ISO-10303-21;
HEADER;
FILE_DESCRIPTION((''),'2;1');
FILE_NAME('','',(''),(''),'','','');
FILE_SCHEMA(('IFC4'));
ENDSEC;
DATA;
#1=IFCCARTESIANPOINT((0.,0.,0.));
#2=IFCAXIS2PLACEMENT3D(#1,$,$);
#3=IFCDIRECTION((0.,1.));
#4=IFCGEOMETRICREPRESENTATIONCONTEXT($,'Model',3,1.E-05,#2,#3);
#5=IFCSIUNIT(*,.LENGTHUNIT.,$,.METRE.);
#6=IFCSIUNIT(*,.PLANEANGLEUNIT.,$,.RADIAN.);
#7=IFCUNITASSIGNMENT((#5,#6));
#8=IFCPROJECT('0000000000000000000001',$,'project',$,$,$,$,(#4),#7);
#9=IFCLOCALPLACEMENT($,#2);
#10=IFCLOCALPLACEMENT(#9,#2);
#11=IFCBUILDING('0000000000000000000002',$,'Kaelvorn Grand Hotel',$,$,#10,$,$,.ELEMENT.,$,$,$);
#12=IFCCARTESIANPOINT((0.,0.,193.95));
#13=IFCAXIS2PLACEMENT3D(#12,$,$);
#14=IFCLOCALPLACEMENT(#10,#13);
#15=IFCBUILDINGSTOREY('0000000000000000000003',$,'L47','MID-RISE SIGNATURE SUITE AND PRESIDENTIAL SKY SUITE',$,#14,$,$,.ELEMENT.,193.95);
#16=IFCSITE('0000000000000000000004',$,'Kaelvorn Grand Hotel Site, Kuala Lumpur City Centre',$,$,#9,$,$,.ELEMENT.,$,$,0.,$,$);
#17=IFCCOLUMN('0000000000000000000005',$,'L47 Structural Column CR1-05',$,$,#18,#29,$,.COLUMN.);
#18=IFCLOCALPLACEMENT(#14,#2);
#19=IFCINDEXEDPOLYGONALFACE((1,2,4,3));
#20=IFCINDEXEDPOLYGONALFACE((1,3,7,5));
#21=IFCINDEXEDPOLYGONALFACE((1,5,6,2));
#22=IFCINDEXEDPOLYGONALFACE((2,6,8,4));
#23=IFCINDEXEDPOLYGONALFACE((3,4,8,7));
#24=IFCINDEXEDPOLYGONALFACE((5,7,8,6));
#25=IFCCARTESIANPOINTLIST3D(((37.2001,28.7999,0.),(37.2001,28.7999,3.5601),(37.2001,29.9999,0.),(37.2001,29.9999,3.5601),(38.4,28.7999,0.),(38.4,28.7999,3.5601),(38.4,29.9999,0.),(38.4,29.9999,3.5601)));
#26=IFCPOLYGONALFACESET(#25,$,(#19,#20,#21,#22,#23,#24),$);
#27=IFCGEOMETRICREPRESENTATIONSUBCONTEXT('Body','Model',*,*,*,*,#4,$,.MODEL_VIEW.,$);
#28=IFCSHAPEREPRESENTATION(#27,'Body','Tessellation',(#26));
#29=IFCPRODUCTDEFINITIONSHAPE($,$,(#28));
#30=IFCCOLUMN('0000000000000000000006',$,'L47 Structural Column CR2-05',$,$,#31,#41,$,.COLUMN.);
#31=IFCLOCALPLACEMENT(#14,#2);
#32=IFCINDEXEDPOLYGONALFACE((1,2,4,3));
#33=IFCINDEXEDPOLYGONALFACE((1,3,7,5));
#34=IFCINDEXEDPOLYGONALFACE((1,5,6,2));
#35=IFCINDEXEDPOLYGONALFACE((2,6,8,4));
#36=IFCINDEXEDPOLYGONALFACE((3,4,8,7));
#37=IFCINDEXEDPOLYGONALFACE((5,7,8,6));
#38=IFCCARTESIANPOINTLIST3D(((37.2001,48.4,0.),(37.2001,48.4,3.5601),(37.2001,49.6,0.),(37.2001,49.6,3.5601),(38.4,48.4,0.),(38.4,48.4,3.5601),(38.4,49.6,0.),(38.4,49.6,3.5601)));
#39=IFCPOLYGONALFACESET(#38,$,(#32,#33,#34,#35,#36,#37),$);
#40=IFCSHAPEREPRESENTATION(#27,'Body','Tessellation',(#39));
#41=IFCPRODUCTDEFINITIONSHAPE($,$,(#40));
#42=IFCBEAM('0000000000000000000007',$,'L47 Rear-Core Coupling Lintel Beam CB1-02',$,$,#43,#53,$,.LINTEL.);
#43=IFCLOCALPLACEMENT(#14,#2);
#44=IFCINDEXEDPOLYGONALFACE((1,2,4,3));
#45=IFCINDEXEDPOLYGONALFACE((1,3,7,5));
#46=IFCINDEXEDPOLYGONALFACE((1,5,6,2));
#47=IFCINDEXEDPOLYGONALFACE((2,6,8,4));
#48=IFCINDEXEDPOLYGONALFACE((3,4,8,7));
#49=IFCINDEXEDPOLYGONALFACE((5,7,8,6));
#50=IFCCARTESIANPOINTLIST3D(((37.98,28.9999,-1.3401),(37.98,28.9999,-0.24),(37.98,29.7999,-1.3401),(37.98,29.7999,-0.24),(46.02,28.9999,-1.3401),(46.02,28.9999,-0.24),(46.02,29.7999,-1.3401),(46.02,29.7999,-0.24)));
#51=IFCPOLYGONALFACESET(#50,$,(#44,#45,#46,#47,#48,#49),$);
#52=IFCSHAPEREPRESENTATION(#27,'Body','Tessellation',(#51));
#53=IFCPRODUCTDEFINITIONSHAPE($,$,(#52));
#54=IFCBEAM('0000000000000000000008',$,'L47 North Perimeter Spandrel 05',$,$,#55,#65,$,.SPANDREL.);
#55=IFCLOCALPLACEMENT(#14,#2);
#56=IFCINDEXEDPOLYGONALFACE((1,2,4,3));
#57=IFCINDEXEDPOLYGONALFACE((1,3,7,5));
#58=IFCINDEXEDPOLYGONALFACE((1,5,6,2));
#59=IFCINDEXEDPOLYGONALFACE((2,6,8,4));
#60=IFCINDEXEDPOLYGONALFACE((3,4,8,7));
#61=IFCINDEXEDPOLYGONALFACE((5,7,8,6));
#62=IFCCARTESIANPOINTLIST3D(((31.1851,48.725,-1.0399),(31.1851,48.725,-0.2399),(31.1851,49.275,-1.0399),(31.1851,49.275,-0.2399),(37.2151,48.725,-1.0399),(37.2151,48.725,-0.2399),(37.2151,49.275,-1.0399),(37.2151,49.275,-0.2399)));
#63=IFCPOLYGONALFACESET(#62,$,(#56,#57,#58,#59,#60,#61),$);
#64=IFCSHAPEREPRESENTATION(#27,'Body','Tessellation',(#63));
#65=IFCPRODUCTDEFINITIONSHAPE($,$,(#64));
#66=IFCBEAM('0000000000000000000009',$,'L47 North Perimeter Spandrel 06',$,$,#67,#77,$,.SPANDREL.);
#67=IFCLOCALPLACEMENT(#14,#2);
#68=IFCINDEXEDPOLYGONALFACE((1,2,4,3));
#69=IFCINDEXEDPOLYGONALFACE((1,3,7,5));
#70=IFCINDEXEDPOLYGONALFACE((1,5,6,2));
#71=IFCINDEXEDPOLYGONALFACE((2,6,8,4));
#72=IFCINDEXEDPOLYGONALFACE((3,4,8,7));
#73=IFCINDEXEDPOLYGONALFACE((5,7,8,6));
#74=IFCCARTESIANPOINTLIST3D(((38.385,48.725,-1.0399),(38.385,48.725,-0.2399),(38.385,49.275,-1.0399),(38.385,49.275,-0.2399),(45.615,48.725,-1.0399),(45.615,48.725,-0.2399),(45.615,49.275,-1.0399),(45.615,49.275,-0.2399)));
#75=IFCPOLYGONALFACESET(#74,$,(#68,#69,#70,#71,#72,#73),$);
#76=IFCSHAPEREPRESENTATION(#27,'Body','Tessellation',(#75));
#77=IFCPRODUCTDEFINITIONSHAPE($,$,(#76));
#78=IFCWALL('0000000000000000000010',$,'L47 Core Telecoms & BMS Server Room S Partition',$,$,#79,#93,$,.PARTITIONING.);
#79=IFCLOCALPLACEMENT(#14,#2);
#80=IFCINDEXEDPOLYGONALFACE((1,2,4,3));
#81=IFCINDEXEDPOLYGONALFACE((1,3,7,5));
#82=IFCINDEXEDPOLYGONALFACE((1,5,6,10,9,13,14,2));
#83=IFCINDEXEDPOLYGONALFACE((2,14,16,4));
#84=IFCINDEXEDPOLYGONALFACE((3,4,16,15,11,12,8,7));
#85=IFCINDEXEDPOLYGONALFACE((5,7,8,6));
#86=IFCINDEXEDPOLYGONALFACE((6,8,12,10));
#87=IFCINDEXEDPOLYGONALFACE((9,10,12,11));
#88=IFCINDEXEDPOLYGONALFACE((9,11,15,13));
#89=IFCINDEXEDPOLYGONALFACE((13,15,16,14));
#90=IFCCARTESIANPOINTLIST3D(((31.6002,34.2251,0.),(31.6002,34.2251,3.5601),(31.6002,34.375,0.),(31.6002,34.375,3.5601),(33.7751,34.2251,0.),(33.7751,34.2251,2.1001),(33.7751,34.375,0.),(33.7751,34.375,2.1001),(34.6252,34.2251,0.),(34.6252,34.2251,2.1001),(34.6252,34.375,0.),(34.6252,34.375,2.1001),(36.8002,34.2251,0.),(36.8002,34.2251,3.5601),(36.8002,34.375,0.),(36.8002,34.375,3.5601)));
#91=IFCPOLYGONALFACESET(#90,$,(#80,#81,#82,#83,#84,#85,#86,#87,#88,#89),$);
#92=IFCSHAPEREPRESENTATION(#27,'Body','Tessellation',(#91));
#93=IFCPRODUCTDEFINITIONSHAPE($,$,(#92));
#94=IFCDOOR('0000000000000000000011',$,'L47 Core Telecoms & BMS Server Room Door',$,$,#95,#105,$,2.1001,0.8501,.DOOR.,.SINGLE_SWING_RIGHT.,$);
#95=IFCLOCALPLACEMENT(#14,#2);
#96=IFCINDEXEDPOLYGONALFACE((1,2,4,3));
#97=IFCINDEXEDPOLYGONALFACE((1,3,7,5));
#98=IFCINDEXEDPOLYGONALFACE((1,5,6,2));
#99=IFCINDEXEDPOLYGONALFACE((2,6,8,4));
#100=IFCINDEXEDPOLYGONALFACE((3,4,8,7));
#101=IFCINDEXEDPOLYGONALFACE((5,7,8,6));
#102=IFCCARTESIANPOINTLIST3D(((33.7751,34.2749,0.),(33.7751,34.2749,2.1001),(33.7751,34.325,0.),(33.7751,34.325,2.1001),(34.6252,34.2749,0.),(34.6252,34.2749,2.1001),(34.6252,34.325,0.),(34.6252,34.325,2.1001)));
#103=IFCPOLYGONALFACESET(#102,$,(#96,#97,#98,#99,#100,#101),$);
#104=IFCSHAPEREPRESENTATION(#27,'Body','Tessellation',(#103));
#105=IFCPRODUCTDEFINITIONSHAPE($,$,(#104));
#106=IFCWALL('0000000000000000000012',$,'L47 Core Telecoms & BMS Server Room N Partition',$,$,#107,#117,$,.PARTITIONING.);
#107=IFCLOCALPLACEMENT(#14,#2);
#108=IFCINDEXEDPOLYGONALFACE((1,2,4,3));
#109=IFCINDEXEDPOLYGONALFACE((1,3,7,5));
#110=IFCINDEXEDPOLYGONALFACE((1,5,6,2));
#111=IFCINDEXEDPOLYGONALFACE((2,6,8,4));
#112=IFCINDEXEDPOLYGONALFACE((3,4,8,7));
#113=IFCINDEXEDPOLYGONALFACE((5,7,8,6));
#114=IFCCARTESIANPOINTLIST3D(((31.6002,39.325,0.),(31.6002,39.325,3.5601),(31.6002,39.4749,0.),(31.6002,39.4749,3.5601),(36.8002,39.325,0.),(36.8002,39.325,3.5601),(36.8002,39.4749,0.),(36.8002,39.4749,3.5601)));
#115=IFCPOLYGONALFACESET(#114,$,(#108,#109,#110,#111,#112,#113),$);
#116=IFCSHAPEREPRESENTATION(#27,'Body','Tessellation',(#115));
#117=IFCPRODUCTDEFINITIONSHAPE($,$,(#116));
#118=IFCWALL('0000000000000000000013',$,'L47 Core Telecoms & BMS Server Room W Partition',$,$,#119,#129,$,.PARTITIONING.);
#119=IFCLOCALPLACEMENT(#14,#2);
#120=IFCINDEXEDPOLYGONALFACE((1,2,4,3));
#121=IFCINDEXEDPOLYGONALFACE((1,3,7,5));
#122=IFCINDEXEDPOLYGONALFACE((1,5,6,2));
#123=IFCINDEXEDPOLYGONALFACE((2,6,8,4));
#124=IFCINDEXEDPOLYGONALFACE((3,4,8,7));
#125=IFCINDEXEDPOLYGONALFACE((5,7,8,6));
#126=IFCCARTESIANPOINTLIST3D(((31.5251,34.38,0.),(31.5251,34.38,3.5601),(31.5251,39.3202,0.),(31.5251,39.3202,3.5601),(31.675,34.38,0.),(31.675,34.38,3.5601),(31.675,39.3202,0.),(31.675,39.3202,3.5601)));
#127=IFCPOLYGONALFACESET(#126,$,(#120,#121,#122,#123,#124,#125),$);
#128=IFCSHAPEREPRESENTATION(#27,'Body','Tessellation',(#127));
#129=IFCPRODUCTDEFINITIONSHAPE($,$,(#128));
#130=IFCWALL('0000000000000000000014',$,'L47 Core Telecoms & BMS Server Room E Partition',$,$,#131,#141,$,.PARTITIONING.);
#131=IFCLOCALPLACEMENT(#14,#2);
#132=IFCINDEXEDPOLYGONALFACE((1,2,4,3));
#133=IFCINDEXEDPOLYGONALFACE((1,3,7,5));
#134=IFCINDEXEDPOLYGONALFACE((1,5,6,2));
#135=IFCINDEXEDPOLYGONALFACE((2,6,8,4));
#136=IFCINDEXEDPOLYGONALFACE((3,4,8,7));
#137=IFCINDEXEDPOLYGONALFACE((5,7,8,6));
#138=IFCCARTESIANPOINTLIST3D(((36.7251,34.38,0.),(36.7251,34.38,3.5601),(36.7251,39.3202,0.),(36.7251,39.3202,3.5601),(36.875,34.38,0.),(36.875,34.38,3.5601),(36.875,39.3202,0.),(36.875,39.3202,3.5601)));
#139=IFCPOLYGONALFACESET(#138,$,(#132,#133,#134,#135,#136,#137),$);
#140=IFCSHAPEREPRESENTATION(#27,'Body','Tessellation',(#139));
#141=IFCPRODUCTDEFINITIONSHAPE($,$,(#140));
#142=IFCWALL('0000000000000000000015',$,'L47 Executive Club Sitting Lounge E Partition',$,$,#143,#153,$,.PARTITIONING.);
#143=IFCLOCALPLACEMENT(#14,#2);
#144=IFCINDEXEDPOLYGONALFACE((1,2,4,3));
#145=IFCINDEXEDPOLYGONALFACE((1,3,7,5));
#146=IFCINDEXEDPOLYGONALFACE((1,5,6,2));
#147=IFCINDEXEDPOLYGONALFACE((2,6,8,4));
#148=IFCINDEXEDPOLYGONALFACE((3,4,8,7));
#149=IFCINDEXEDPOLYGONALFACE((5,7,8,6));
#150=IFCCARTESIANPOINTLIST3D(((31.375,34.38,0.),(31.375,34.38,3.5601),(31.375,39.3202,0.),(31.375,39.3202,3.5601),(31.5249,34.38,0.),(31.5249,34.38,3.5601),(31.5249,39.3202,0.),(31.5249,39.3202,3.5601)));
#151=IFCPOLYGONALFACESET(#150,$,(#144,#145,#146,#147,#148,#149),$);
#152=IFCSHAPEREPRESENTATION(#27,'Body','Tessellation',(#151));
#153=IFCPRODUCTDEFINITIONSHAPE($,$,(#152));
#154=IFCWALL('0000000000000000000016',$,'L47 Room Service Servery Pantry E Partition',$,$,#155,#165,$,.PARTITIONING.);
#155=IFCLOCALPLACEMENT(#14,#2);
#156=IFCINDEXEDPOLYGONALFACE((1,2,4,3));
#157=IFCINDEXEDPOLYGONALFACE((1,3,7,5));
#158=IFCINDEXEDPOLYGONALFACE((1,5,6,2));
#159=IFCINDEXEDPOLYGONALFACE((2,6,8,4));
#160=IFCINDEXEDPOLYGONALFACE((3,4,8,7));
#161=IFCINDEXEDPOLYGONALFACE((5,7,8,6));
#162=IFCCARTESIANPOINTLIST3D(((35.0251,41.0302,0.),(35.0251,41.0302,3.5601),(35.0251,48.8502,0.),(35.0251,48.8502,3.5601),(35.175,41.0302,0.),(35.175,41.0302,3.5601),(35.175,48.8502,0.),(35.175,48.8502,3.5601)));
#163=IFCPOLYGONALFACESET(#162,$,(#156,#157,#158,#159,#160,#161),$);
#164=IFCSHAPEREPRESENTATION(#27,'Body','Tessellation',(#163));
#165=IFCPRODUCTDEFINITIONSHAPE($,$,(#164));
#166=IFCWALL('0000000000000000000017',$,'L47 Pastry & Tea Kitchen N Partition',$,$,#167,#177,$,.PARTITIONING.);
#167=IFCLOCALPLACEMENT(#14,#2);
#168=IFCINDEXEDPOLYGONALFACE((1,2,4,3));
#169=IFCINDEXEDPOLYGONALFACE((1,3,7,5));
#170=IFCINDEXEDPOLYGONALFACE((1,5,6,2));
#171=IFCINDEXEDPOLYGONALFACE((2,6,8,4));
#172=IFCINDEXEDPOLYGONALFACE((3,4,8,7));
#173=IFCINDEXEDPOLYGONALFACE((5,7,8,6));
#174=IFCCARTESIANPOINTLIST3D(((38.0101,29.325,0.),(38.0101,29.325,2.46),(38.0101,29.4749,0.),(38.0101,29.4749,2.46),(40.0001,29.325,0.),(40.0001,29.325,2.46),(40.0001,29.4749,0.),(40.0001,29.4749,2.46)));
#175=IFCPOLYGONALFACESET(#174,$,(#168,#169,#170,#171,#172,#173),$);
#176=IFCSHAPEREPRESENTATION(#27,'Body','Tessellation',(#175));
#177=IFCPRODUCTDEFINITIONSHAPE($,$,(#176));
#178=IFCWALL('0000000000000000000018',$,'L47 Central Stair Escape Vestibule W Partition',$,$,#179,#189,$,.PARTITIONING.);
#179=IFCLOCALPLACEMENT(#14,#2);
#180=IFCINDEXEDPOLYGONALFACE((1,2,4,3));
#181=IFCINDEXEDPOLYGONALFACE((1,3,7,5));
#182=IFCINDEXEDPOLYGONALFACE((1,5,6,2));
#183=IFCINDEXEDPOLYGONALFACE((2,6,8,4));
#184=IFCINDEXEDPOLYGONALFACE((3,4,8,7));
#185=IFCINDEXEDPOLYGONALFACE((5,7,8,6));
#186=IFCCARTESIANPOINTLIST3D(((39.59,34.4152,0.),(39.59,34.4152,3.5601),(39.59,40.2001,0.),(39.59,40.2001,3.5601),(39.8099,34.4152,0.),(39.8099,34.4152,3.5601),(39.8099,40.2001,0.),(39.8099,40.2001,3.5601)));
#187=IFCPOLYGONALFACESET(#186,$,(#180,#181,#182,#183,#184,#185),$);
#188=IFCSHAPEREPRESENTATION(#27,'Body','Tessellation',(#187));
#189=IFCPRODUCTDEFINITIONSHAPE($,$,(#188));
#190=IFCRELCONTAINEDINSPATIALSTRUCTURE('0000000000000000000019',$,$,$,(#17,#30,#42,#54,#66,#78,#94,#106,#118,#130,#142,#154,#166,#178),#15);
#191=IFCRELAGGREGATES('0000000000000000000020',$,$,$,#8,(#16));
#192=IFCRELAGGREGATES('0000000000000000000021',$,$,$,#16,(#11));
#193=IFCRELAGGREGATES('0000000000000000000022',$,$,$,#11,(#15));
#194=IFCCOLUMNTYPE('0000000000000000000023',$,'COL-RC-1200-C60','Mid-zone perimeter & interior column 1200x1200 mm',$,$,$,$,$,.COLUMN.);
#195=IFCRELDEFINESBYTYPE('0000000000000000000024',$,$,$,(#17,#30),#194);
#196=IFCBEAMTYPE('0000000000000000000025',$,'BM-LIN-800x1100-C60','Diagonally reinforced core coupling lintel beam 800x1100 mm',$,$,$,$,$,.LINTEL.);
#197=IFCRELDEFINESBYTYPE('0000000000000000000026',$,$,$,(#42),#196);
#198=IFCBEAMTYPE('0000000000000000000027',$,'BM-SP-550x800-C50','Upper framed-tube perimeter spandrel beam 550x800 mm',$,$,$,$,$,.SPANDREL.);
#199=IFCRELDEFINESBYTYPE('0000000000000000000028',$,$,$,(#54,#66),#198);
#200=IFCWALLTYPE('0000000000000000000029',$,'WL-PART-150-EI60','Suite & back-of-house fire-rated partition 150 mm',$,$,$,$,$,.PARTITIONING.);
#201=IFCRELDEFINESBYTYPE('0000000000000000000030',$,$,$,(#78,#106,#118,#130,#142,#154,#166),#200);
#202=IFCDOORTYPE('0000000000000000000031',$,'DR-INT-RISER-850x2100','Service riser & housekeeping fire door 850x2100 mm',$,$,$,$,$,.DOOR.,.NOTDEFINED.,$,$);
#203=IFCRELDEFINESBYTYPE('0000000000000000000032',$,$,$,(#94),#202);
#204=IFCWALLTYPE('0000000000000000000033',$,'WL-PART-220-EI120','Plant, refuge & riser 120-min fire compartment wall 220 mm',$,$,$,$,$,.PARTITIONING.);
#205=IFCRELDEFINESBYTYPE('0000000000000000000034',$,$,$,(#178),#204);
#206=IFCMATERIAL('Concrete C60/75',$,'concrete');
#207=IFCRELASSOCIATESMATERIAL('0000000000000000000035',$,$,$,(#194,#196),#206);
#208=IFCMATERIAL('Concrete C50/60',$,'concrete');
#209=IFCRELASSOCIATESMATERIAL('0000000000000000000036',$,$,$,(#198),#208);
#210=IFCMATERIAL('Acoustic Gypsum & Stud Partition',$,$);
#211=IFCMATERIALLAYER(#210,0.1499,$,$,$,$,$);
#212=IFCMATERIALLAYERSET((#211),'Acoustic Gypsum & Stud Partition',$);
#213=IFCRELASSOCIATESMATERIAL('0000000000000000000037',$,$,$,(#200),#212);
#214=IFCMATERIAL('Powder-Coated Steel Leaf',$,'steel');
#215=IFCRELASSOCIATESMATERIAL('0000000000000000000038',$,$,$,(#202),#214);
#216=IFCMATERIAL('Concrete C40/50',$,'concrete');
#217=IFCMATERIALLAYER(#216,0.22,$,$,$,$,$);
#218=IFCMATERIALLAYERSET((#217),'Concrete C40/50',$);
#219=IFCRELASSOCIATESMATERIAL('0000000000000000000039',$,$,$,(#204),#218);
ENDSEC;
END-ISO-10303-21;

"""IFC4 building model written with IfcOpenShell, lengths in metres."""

from ifc_helpers import new_model, si_unit, direction, frame, frame_2d, origin, origin_2d, place, context, subcontext, project, spatial, rectangle, extrude, material, layer, layer_set, material_profile, profile_set, type_object, element, fill, save


model = new_model("IFC4")

# Units and contexts
model_context = context("Model", 3, precision=1e-05, world=origin(), true_north=direction((0.0, 1.0)))
body_context = subcontext(model_context, "Body", "Model", "MODEL_VIEW")
ifc_project = project(units=[si_unit("LENGTHUNIT", "METRE"), si_unit("PLANEANGLEUNIT", "RADIAN")], contexts=[model_context])

# Site, building, storey
site_placement = place(None, origin())
site = spatial("IfcSite", under=ifc_project, at=site_placement, Name="Kaelvorn Grand Hotel Site, Kuala Lumpur City Centre", CompositionType="ELEMENT", RefElevation=0.0)
building_placement = place(site_placement, origin())
building = spatial("IfcBuilding", under=site, at=building_placement, Name="Kaelvorn Grand Hotel", CompositionType="ELEMENT")
storey_placement = place(building_placement, frame((0.0, 0.0, 193.95)))
storey = spatial("IfcBuildingStorey", under=building, at=storey_placement, Name="L47", Description="MID-RISE SIGNATURE SUITE AND PRESIDENTIAL SKY SUITE", CompositionType="ELEMENT", Elevation=193.95)

# Columns
ifc_material_1 = material(Name="Concrete C60/75", Category="concrete")
ifc_material_profile_1 = material_profile(ifc_material_1, rectangle(XDim=1.2, YDim=1.2, at=origin_2d()), Name="RC COL 1200x1200")
ifc_profile_set_1 = profile_set([ifc_material_profile_1], Name="Concrete C60/75")
column_type = type_object("IfcColumnType", Name="COL-RC-1200-C60", Description="Mid-zone perimeter & interior column 1200x1200 mm", PredefinedType="COLUMN", material=ifc_profile_set_1)
for number, where, z_axis, x_axis, name in (
    (1, (37.8, 29.3999, 0.0), (0.0, 0.0, 1.0), (1.0, 0.0, 0.0), "L47 Structural Column CR1-05"),
    (2, (37.8, 49.0, 0.0), (0.0, 0.0, 1.0), (1.0, 0.0, 0.0), "L47 Structural Column CR2-05"),
):
    element("IfcColumn", number, at=place(storey_placement, frame(where, z_axis=z_axis, x_axis=x_axis)), inside=storey, type_object=column_type, Name=name, PredefinedType="COLUMN", context=body_context, shape_type="SweptSolid", body=[
        extrude(rectangle(XDim=1.2, YDim=1.2, at=origin_2d()), origin(), (0.0, 0.0, 1.0), 3.5601),
    ])

# Beams
ifc_material_profile_2 = material_profile(ifc_material_1, rectangle(XDim=0.8, YDim=1.1001, at=origin_2d()), Name="RC LINTEL 800x1100")
ifc_profile_set_2 = profile_set([ifc_material_profile_2], Name="Concrete C60/75")
beam_type_1 = type_object("IfcBeamType", Name="BM-LIN-800x1100-C60", Description="Diagonally reinforced core coupling lintel beam 800x1100 mm", PredefinedType="LINTEL", material=ifc_profile_set_2)
beam_1_placement = place(storey_placement, frame((37.98, 29.3999, -0.79), z_axis=(1.0, 0.0, 0.0), x_axis=(0.0, 1.0, 0.0)))
element("IfcBeam", 3, at=beam_1_placement, inside=storey, type_object=beam_type_1, Name="L47 Rear-Core Coupling Lintel Beam CB1-02", PredefinedType="LINTEL", context=body_context, shape_type="SweptSolid", body=[
    extrude(rectangle(XDim=0.8, YDim=1.1001, at=origin_2d()), origin(), (0.0, 0.0, 1.0), 8.04),
])
ifc_material_2 = material(Name="Concrete C50/60", Category="concrete")
ifc_material_profile_3 = material_profile(ifc_material_2, rectangle(XDim=0.55, YDim=0.8, at=origin_2d()), Name="RC SPANDREL 550x800")
ifc_profile_set_3 = profile_set([ifc_material_profile_3], Name="Concrete C50/60")
beam_type_2 = type_object("IfcBeamType", Name="BM-SP-550x800-C50", Description="Upper framed-tube perimeter spandrel beam 550x800 mm", PredefinedType="SPANDREL", material=ifc_profile_set_3)
beam_2_placement = place(storey_placement, frame((31.1851, 49.0, -0.6399), z_axis=(1.0, 0.0, 0.0), x_axis=(0.0, 1.0, 0.0)))
element("IfcBeam", 4, at=beam_2_placement, inside=storey, type_object=beam_type_2, Name="L47 North Perimeter Spandrel 05", PredefinedType="SPANDREL", context=body_context, shape_type="SweptSolid", body=[
    extrude(rectangle(XDim=0.55, YDim=0.8, at=origin_2d()), origin(), (0.0, 0.0, 1.0), 6.03),
])
beam_3_placement = place(storey_placement, frame((38.385, 49.0, -0.6399), z_axis=(1.0, 0.0, 0.0), x_axis=(0.0, 1.0, 0.0)))
element("IfcBeam", 5, at=beam_3_placement, inside=storey, type_object=beam_type_2, Name="L47 North Perimeter Spandrel 06", PredefinedType="SPANDREL", context=body_context, shape_type="SweptSolid", body=[
    extrude(rectangle(XDim=0.55, YDim=0.8, at=origin_2d()), origin(), (0.0, 0.0, 1.0), 7.23),
])

# Wall, opening, door
ifc_material_3 = material(Name="Acoustic Gypsum & Stud Partition")
ifc_layer_1 = layer(ifc_material_3, 0.1499)
ifc_layer_set_1 = layer_set([ifc_layer_1], Name="Acoustic Gypsum & Stud Partition")
wall_type_1 = type_object("IfcWallType", Name="WL-PART-150-EI60", Description="Suite & back-of-house fire-rated partition 150 mm", PredefinedType="PARTITIONING", material=ifc_layer_set_1)
wall_1_placement = place(storey_placement, frame((31.6001, 34.3, 0.0), z_axis=(0.0, 0.0, 1.0), x_axis=(1.0, 0.0, 0.0)))
wall_1 = element("IfcWall", 6, at=wall_1_placement, inside=storey, type_object=wall_type_1, Name="L47 Core Telecoms & BMS Server Room S Partition", PredefinedType="PARTITIONING", context=body_context, shape_type="SweptSolid", body=[
    extrude(rectangle(XDim=5.2, YDim=0.1499, at=frame_2d((2.6001, 0.0))), origin(), (0.0, 0.0, 1.0), 3.5601),
])
opening_1_placement = place(wall_1_placement, frame((2.175, 0.0, 0.0)))
opening_1 = element("IfcOpeningElement", 7, at=opening_1_placement, cuts=wall_1, PredefinedType="OPENING", context=body_context, shape_type="SweptSolid", body=[
    extrude(rectangle(XDim=0.8501, YDim=2.1001, at=frame_2d((0.425, 1.05))), frame((0.0, 0.085, 0.0), z_axis=(0.0, -1.0, 0.0), x_axis=(1.0, 0.0, 0.0)), (0.0, 0.0, 1.0), 0.1699),
])
ifc_material_4 = material(Name="Powder-Coated Steel Leaf", Category="steel")
door_type_1 = type_object("IfcDoorType", Name="DR-INT-RISER-850x2100", Description="Service riser & housekeeping fire door 850x2100 mm", OperationType="NOTDEFINED", PredefinedType="DOOR", material=ifc_material_4)
door_1_placement = place(opening_1_placement, origin())
door_1 = element("IfcDoor", 8, at=door_1_placement, inside=storey, type_object=door_type_1, Name="L47 Core Telecoms & BMS Server Room Door", OperationType="SINGLE_SWING_RIGHT", OverallHeight=2.1001, OverallWidth=0.8501, PredefinedType="DOOR", context=body_context, shape_type="SweptSolid", body=[
    extrude(rectangle(XDim=0.8501, YDim=2.1001, at=frame_2d((0.425, 1.05))), frame((0.0, 0.0249, 0.0), z_axis=(0.0, -1.0, 0.0), x_axis=(1.0, 0.0, 0.0)), (0.0, 0.0, 1.0), 0.05),
])
fill(opening_1, door_1)

# Walls
wall_2_placement = place(storey_placement, frame((31.6001, 39.3999, 0.0), z_axis=(0.0, 0.0, 1.0), x_axis=(1.0, 0.0, 0.0)))
element("IfcWall", 9, at=wall_2_placement, inside=storey, type_object=wall_type_1, Name="L47 Core Telecoms & BMS Server Room N Partition", PredefinedType="PARTITIONING", context=body_context, shape_type="SweptSolid", body=[
    extrude(rectangle(XDim=5.2, YDim=0.1499, at=frame_2d((2.6001, 0.0))), origin(), (0.0, 0.0, 1.0), 3.5601),
])
for number, where, z_axis, x_axis, name in (
    (10, (31.6001, 34.3799, 0.0), (0.0, 0.0, 1.0), (0.0, 1.0, 0.0), "L47 Core Telecoms & BMS Server Room W Partition"),
    (11, (36.8, 34.3799, 0.0), (0.0, 0.0, 1.0), (0.0, 1.0, 0.0), "L47 Core Telecoms & BMS Server Room E Partition"),
    (12, (31.45, 34.3799, 0.0), (0.0, 0.0, 1.0), (0.0, 1.0, 0.0), "L47 Executive Club Sitting Lounge E Partition"),
):
    element("IfcWall", number, at=place(storey_placement, frame(where, z_axis=z_axis, x_axis=x_axis)), inside=storey, type_object=wall_type_1, Name=name, PredefinedType="PARTITIONING", context=body_context, shape_type="SweptSolid", body=[
        extrude(rectangle(XDim=4.9402, YDim=0.1499, at=frame_2d((2.4702, 0.0))), origin(), (0.0, 0.0, 1.0), 3.5601),
    ])
wall_3_placement = place(storey_placement, frame((35.1001, 41.03, 0.0), z_axis=(0.0, 0.0, 1.0), x_axis=(0.0, 1.0, 0.0)))
element("IfcWall", 13, at=wall_3_placement, inside=storey, type_object=wall_type_1, Name="L47 Room Service Servery Pantry E Partition", PredefinedType="PARTITIONING", context=body_context, shape_type="SweptSolid", body=[
    extrude(rectangle(XDim=7.8201, YDim=0.1499, at=frame_2d((3.9102, 0.0))), origin(), (0.0, 0.0, 1.0), 3.5601),
])
wall_4_placement = place(storey_placement, frame((38.01, 29.3999, 0.0), z_axis=(0.0, 0.0, 1.0), x_axis=(1.0, 0.0, 0.0)))
element("IfcWall", 14, at=wall_4_placement, inside=storey, type_object=wall_type_1, Name="L47 Pastry & Tea Kitchen N Partition", PredefinedType="PARTITIONING", context=body_context, shape_type="SweptSolid", body=[
    extrude(rectangle(XDim=1.99, YDim=0.1499, at=frame_2d((0.9951, 0.0))), origin(), (0.0, 0.0, 1.0), 2.46),
])

# Shared definitions
ifc_material_5 = material(Name="Concrete C40/50", Category="concrete")
ifc_layer_2 = layer(ifc_material_5, 0.22)
ifc_layer_set_2 = layer_set([ifc_layer_2], Name="Concrete C40/50")
wall_type_2 = type_object("IfcWallType", Name="WL-PART-220-EI120", Description="Plant, refuge & riser 120-min fire compartment wall 220 mm", PredefinedType="PARTITIONING", material=ifc_layer_set_2)

# Wall
wall_5_placement = place(storey_placement, frame((39.7, 34.415, 0.0), z_axis=(0.0, 0.0, 1.0), x_axis=(0.0, 1.0, 0.0)))
element("IfcWall", 15, at=wall_5_placement, inside=storey, type_object=wall_type_2, Name="L47 Central Stair Escape Vestibule W Partition", PredefinedType="PARTITIONING", context=body_context, shape_type="SweptSolid", body=[
    extrude(rectangle(XDim=5.7849, YDim=0.22, at=frame_2d((2.8926, 0.0))), origin(), (0.0, 0.0, 1.0), 3.5601),
])

save(model, "model.ifc")
